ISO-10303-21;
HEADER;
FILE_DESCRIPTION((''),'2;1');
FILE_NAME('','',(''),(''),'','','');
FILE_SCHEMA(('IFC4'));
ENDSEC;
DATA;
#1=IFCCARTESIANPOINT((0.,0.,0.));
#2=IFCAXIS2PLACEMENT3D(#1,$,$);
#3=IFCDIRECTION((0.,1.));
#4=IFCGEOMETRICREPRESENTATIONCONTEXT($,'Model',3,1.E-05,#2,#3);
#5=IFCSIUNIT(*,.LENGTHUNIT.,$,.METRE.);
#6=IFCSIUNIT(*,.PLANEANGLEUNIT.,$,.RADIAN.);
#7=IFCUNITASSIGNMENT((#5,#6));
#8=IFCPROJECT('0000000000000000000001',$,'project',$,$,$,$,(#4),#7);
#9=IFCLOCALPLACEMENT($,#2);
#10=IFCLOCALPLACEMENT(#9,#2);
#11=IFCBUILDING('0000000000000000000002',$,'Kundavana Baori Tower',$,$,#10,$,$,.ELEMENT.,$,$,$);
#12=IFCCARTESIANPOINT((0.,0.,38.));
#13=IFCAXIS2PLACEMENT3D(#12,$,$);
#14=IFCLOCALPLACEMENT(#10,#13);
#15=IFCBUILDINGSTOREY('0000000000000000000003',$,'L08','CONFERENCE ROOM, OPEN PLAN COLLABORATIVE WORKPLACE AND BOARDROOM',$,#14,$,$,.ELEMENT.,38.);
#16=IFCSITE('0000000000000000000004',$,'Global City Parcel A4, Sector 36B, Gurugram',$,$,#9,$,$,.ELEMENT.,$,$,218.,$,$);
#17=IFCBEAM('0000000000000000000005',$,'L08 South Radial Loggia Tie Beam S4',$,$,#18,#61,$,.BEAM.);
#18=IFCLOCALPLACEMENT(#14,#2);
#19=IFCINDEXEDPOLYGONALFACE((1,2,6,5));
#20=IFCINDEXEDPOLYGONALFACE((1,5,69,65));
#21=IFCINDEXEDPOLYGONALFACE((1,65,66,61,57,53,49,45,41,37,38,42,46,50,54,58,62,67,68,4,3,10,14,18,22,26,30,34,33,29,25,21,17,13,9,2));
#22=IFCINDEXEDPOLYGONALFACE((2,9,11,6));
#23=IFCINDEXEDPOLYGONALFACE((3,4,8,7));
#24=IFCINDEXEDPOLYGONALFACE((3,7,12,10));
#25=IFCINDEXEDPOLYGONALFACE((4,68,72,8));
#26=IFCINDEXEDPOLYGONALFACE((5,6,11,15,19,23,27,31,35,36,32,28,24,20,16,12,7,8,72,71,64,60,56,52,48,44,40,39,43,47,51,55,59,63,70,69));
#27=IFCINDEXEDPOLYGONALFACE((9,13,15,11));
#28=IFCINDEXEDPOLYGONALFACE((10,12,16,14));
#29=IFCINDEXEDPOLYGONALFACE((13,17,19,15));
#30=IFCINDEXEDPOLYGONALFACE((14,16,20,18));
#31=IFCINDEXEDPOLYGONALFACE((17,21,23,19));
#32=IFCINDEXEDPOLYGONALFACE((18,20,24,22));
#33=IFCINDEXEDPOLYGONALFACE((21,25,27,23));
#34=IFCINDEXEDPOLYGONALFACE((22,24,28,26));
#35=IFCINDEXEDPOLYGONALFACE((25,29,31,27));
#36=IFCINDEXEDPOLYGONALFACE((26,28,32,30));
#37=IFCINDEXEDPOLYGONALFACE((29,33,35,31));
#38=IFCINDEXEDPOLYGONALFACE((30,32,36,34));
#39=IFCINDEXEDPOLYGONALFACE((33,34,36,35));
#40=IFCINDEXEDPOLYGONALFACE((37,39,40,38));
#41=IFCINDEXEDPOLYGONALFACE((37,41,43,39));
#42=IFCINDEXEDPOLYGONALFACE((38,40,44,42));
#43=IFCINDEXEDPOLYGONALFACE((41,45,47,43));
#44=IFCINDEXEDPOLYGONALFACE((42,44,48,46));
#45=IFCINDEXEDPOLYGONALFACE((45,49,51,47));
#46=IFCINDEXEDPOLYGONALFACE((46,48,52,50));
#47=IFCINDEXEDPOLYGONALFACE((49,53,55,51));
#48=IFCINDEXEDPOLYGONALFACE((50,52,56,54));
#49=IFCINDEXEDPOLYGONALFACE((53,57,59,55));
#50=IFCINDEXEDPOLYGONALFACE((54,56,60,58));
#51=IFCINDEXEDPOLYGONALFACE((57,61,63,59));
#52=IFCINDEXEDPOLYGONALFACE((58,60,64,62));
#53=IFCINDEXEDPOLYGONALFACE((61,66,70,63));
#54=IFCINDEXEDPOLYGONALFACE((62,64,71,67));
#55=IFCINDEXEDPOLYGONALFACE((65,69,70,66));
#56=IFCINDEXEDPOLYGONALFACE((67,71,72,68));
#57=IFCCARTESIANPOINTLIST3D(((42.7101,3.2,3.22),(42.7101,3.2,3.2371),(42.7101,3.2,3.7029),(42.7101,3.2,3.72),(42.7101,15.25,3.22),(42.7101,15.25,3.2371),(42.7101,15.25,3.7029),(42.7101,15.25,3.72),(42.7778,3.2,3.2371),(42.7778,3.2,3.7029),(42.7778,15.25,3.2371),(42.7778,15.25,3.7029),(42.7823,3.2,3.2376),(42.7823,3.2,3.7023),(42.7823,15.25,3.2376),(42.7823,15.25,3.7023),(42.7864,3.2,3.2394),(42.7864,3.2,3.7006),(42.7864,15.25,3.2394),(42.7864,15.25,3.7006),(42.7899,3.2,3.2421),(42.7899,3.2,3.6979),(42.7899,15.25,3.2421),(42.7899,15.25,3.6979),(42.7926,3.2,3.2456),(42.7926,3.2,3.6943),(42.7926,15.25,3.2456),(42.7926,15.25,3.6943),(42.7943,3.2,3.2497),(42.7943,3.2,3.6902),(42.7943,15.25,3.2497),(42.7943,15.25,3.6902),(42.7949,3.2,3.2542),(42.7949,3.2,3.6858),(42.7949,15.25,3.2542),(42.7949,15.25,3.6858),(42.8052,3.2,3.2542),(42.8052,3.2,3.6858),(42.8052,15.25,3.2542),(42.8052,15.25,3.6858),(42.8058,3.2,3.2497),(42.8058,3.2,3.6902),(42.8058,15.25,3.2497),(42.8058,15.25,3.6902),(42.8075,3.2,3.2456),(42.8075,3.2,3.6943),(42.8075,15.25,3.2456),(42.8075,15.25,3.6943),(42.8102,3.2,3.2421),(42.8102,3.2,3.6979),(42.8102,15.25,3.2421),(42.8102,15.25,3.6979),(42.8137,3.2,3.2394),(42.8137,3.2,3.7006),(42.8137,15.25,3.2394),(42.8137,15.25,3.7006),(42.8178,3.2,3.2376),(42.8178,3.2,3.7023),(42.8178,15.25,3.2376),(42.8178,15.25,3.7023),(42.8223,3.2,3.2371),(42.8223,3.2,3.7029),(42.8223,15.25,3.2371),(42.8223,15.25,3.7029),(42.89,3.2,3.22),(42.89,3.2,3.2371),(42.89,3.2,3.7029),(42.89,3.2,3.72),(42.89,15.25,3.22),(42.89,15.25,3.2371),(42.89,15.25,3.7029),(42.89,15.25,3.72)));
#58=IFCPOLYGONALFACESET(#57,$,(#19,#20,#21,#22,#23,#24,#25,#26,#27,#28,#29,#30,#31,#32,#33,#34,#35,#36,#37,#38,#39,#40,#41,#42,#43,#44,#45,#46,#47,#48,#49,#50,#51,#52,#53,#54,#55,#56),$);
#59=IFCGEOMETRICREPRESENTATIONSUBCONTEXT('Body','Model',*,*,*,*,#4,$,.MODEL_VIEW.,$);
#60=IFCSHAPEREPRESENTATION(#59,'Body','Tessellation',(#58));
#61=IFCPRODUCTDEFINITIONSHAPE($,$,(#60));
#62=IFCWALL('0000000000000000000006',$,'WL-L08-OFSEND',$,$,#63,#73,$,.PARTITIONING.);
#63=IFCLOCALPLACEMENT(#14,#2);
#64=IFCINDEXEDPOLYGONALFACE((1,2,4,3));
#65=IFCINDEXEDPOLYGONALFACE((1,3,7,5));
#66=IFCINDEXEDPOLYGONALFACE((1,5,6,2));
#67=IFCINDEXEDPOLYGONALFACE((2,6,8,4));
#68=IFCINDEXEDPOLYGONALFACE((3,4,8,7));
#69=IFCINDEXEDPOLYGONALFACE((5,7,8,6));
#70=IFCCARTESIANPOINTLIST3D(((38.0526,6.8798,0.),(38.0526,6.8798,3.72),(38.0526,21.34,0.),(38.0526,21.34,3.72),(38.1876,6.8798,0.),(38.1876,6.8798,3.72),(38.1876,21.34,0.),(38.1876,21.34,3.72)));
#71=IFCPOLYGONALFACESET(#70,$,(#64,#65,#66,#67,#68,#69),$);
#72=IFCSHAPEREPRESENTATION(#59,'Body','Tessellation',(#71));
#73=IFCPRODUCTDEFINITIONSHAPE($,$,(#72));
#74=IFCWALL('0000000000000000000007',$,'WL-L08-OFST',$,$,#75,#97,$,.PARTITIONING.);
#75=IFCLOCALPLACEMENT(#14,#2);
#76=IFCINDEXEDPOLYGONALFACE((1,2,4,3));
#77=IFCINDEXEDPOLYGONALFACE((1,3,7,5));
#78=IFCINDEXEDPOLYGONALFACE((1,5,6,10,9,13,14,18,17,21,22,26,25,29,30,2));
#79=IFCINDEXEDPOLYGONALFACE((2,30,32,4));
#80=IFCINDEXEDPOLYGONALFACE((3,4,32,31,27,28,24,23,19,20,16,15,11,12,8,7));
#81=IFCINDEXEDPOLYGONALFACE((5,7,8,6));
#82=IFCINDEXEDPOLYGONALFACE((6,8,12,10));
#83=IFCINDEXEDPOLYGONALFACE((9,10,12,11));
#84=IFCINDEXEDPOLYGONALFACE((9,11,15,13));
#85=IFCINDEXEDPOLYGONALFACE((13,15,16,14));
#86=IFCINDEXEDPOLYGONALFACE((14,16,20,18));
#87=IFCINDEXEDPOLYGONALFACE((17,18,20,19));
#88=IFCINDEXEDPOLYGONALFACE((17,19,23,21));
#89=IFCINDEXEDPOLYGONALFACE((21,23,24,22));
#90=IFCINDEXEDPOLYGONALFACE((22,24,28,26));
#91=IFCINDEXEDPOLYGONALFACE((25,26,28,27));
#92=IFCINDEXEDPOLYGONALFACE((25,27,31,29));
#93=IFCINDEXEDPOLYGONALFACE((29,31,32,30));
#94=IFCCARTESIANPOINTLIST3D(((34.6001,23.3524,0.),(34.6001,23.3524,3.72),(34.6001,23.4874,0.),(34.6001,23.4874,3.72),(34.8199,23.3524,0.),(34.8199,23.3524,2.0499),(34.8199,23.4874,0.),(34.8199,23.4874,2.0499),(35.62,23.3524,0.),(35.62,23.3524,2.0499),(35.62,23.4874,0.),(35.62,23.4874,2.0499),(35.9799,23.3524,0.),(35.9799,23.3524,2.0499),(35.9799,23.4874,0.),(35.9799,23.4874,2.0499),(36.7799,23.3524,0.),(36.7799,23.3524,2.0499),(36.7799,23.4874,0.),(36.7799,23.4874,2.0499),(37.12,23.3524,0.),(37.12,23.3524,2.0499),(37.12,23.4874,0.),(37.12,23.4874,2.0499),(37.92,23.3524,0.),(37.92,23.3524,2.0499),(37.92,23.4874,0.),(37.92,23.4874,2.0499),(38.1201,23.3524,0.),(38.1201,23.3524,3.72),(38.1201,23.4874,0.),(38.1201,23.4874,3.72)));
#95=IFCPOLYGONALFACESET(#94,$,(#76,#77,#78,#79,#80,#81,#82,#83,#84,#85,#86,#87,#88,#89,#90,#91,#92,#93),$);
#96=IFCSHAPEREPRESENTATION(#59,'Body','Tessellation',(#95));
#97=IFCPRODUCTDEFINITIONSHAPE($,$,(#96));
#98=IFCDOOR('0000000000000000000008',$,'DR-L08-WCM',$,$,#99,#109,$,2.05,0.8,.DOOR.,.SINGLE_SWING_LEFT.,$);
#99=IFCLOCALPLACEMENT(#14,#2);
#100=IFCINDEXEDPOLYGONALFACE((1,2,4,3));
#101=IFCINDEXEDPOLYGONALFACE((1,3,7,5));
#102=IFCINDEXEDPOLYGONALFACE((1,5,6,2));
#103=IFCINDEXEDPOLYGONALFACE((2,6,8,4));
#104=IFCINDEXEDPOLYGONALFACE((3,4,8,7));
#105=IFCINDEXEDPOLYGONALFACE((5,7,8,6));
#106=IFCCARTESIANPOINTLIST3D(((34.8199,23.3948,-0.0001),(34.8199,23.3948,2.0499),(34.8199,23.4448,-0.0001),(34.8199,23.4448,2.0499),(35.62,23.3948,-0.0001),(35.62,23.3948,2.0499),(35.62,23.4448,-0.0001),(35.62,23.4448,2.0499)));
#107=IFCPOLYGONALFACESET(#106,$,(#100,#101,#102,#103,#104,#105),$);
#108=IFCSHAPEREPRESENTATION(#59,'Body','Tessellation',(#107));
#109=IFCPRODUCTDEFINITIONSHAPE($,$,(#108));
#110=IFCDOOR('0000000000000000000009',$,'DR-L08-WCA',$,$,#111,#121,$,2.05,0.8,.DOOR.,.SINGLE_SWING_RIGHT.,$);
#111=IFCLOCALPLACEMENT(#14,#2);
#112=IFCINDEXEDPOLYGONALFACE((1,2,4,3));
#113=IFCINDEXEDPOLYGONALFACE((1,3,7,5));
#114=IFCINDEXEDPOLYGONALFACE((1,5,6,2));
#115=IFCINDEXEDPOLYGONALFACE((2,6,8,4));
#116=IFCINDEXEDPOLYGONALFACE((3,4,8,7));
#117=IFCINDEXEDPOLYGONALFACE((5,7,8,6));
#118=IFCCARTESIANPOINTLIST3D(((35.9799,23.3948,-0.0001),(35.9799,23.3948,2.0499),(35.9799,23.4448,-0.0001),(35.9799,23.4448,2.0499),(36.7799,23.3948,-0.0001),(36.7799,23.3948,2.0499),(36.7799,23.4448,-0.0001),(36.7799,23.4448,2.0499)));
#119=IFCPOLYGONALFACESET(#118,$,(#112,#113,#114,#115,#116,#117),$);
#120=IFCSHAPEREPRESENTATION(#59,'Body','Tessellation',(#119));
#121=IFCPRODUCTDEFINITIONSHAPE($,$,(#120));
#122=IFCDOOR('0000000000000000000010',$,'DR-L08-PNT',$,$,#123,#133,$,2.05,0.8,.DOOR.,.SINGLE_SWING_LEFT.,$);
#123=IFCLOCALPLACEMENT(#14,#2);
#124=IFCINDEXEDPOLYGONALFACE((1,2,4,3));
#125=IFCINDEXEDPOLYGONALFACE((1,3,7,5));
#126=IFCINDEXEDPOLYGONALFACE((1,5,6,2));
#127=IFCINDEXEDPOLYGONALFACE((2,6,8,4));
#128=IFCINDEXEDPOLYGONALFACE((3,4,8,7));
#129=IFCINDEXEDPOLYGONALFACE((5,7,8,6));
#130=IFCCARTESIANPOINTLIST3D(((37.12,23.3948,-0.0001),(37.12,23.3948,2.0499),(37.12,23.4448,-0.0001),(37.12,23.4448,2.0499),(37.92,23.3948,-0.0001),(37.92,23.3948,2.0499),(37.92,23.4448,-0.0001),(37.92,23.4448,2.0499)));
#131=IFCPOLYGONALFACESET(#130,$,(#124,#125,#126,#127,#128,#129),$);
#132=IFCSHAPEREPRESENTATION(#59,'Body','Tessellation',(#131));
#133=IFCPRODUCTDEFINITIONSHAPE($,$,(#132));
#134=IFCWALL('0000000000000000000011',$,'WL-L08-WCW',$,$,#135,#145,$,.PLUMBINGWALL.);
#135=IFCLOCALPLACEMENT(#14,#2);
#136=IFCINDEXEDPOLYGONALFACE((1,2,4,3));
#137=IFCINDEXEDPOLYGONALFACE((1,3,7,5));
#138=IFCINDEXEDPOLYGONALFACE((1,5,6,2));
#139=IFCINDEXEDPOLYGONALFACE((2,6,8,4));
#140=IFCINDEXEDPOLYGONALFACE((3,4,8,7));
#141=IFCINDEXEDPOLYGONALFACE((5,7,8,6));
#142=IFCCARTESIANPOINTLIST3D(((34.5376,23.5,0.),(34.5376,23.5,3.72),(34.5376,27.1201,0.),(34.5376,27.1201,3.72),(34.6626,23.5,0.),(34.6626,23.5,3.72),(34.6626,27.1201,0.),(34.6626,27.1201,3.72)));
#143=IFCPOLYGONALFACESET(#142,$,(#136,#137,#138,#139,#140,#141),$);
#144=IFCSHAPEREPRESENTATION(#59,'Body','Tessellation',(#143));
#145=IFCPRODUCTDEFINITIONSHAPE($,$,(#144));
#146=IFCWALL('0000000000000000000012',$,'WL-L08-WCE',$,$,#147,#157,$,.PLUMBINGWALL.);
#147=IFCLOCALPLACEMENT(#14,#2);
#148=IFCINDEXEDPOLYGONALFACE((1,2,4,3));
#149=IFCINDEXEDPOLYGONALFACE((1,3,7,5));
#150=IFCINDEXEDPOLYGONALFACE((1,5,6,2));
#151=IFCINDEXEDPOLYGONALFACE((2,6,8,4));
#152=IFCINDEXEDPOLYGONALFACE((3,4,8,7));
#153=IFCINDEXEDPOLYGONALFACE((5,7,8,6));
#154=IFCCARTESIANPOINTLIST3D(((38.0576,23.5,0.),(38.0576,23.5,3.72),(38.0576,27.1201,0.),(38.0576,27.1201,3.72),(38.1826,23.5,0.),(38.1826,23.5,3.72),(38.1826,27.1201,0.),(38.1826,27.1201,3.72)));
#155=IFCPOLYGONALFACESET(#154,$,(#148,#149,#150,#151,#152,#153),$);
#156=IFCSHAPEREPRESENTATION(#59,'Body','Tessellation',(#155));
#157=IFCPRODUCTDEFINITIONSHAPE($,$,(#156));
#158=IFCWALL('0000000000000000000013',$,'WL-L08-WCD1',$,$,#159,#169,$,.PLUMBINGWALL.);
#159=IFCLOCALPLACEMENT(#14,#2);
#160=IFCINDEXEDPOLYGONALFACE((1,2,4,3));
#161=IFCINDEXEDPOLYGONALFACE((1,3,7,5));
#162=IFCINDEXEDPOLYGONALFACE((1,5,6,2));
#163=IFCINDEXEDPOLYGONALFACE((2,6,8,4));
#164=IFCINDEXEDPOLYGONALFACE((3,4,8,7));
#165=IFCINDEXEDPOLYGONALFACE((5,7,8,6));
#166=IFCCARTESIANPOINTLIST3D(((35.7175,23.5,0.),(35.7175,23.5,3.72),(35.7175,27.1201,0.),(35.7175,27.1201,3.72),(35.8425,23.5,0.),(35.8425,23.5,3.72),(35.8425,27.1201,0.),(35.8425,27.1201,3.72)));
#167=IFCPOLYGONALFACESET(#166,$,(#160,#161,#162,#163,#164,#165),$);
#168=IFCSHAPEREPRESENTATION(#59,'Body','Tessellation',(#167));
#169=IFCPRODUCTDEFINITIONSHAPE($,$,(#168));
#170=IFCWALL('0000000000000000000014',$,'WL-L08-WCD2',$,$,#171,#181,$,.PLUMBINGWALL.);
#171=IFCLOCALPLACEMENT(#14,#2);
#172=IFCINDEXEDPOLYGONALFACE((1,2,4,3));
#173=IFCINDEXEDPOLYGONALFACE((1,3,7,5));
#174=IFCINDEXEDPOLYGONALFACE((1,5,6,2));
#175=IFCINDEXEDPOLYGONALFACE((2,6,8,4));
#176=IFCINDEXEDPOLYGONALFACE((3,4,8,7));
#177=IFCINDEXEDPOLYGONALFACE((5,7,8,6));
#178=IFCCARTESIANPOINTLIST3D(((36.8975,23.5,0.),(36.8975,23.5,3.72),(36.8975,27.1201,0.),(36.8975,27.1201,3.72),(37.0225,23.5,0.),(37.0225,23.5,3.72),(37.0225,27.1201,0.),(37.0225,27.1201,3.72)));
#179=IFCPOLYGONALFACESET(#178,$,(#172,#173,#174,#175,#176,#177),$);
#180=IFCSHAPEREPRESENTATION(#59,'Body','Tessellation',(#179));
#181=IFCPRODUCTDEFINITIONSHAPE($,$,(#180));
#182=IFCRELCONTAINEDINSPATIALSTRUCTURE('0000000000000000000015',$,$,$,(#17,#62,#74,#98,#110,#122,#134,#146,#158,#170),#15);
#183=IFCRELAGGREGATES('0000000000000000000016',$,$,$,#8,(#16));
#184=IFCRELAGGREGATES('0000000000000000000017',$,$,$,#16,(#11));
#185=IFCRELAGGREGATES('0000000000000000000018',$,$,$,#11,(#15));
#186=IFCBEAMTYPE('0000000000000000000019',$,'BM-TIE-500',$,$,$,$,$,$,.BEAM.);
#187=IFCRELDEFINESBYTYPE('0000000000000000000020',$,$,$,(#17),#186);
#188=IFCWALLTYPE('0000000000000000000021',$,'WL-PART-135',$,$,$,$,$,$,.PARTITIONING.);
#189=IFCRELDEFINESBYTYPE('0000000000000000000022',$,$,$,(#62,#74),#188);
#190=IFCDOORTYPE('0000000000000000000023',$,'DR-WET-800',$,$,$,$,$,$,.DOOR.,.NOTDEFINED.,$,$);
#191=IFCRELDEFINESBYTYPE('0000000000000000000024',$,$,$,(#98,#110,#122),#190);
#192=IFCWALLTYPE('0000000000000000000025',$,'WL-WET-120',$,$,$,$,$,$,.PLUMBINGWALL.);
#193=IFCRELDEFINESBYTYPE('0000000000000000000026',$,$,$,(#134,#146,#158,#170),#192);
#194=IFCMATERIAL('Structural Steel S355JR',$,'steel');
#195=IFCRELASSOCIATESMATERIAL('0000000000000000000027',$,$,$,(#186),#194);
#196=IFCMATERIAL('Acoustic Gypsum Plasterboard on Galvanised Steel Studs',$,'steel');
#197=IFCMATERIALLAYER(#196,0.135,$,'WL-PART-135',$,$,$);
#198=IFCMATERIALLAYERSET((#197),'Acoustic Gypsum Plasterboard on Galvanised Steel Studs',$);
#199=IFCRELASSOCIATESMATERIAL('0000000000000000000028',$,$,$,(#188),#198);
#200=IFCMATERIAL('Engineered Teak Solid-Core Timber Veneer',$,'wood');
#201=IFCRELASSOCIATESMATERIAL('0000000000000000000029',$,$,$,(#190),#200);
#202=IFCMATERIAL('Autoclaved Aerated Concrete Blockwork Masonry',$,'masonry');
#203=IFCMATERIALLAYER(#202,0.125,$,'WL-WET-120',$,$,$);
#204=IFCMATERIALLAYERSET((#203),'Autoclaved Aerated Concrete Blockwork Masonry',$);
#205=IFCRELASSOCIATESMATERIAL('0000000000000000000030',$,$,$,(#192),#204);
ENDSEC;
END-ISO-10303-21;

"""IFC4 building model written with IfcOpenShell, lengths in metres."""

from ifc_helpers import new_model, si_unit, direction, frame, frame_2d, origin, origin_2d, place, context, subcontext, project, spatial, rectangle, i_section, extrude, material, layer, layer_set, material_profile, profile_set, type_object, element, fill, save


model = new_model("IFC4")

# Units and contexts
model_context = context("Model", 3, precision=1e-05, world=origin(), true_north=direction((0.0, 1.0)))
body_context = subcontext(model_context, "Body", "Model", "MODEL_VIEW")
ifc_project = project(units=[si_unit("LENGTHUNIT", "METRE"), si_unit("PLANEANGLEUNIT", "RADIAN")], contexts=[model_context])

# Site, building, storey
site_placement = place(None, origin())
site = spatial("IfcSite", under=ifc_project, at=site_placement, Name="Global City Parcel A4, Sector 36B, Gurugram", CompositionType="ELEMENT", RefElevation=218.0)
building_placement = place(site_placement, origin())
building = spatial("IfcBuilding", under=site, at=building_placement, Name="Kundavana Baori Tower", CompositionType="ELEMENT")
storey_placement = place(building_placement, frame((0.0, 0.0, 38.0)))
storey = spatial("IfcBuildingStorey", under=building, at=storey_placement, Name="L08", Description="CONFERENCE ROOM, OPEN PLAN COLLABORATIVE WORKPLACE AND BOARDROOM", CompositionType="ELEMENT", Elevation=38.0)

# Beam
ifc_material_1 = material(Name="Structural Steel S355JR", Category="steel")
ifc_material_profile_1 = material_profile(ifc_material_1, i_section(OverallWidth=0.1799, OverallDepth=0.5, WebThickness=0.0103, FlangeThickness=0.0171, FilletRadius=0.0171, at=origin_2d()), Name="ISMB 500")
ifc_profile_set_1 = profile_set([ifc_material_profile_1], Name="Structural Steel S355JR")
beam_type_1 = type_object("IfcBeamType", Name="BM-TIE-500", PredefinedType="BEAM", material=ifc_profile_set_1)
beam_1_placement = place(storey_placement, frame((42.8, 15.25, 3.47), z_axis=(0.0, -1.0, 0.0), x_axis=(1.0, 0.0, 0.0)))
element("IfcBeam", 1, at=beam_1_placement, inside=storey, type_object=beam_type_1, Name="L08 South Radial Loggia Tie Beam S4", PredefinedType="BEAM", context=body_context, shape_type="SweptSolid", body=[
    extrude(i_section(OverallWidth=0.1799, OverallDepth=0.5, WebThickness=0.0103, FlangeThickness=0.0171, FilletRadius=0.0171, at=origin_2d()), origin(), (0.0, 0.0, 1.0), 12.05),
])

# Wall
ifc_material_2 = material(Name="Acoustic Gypsum Plasterboard on Galvanised Steel Studs", Category="steel")
ifc_layer_1 = layer(ifc_material_2, 0.135, Name="WL-PART-135")
ifc_layer_set_1 = layer_set([ifc_layer_1], Name="Acoustic Gypsum Plasterboard on Galvanised Steel Studs")
wall_type_1 = type_object("IfcWallType", Name="WL-PART-135", PredefinedType="PARTITIONING", material=ifc_layer_set_1)
wall_1_placement = place(storey_placement, frame((38.1201, 6.8799, 0.0), z_axis=(0.0, 0.0, 1.0), x_axis=(0.0, 1.0, 0.0)))
element("IfcWall", 2, at=wall_1_placement, inside=storey, type_object=wall_type_1, Name="WL-L08-OFSEND", PredefinedType="PARTITIONING", context=body_context, shape_type="SweptSolid", body=[
    extrude(rectangle(XDim=14.4602, YDim=0.135, at=frame_2d((7.23, 0.0))), origin(), (0.0, 0.0, 1.0), 3.72),
])

# Wall, openings, doors
wall_2_placement = place(storey_placement, frame((34.6001, 23.4199, 0.0), z_axis=(0.0, 0.0, 1.0), x_axis=(1.0, 0.0, 0.0)))
wall_2 = element("IfcWall", 3, at=wall_2_placement, inside=storey, type_object=wall_type_1, Name="WL-L08-OFST", PredefinedType="PARTITIONING", context=body_context, shape_type="SweptSolid", body=[
    extrude(rectangle(XDim=3.52, YDim=0.135, at=frame_2d((1.76, 0.0))), origin(), (0.0, 0.0, 1.0), 3.72),
])
opening_1_placement = place(wall_2_placement, frame((0.22, 0.0, 0.0)))
opening_1 = element("IfcOpeningElement", 4, at=opening_1_placement, cuts=wall_2, PredefinedType="OPENING", context=body_context, shape_type="SweptSolid", body=[
    extrude(rectangle(XDim=0.8, YDim=2.05, at=frame_2d((0.3999, 1.0249))), frame((0.0, 0.0776, 0.0), z_axis=(0.0, -1.0, 0.0), x_axis=(1.0, 0.0, 0.0)), (0.0, 0.0, 1.0), 0.155),
])
opening_2_placement = place(wall_2_placement, frame((1.3799, 0.0, 0.0)))
opening_2 = element("IfcOpeningElement", 5, at=opening_2_placement, cuts=wall_2, PredefinedType="OPENING", context=body_context, shape_type="SweptSolid", body=[
    extrude(rectangle(XDim=0.8, YDim=2.05, at=frame_2d((0.3999, 1.0249))), frame((0.0, 0.0776, 0.0), z_axis=(0.0, -1.0, 0.0), x_axis=(1.0, 0.0, 0.0)), (0.0, 0.0, 1.0), 0.155),
])
opening_3_placement = place(wall_2_placement, frame((2.52, 0.0, 0.0)))
opening_3 = element("IfcOpeningElement", 6, at=opening_3_placement, cuts=wall_2, PredefinedType="OPENING", context=body_context, shape_type="SweptSolid", body=[
    extrude(rectangle(XDim=0.8, YDim=2.05, at=frame_2d((0.3999, 1.0249))), frame((0.0, 0.0776, 0.0), z_axis=(0.0, -1.0, 0.0), x_axis=(1.0, 0.0, 0.0)), (0.0, 0.0, 1.0), 0.155),
])
ifc_material_3 = material(Name="Engineered Teak Solid-Core Timber Veneer", Category="wood")
door_type = type_object("IfcDoorType", Name="DR-WET-800", OperationType="NOTDEFINED", PredefinedType="DOOR", material=ifc_material_3)
door_1_placement = place(opening_1_placement, origin())
door_1 = element("IfcDoor", 7, at=door_1_placement, inside=storey, type_object=door_type, Name="DR-L08-WCM", OperationType="SINGLE_SWING_LEFT", OverallHeight=2.05, OverallWidth=0.8, PredefinedType="DOOR", context=body_context, shape_type="SweptSolid", body=[
    extrude(rectangle(XDim=0.8, YDim=2.05, at=frame_2d((0.3999, 1.0249))), frame((0.0, 0.0249, 0.0), z_axis=(0.0, -1.0, 0.0), x_axis=(1.0, 0.0, 0.0)), (0.0, 0.0, 1.0), 0.05),
])
fill(opening_1, door_1)
door_2_placement = place(opening_2_placement, origin())
door_2 = element("IfcDoor", 8, at=door_2_placement, inside=storey, type_object=door_type, Name="DR-L08-WCA", OperationType="SINGLE_SWING_RIGHT", OverallHeight=2.05, OverallWidth=0.8, PredefinedType="DOOR", context=body_context, shape_type="SweptSolid", body=[
    extrude(rectangle(XDim=0.8, YDim=2.05, at=frame_2d((0.3999, 1.0249))), frame((0.0, 0.0249, 0.0), z_axis=(0.0, -1.0, 0.0), x_axis=(1.0, 0.0, 0.0)), (0.0, 0.0, 1.0), 0.05),
])
fill(opening_2, door_2)
door_3_placement = place(opening_3_placement, origin())
door_3 = element("IfcDoor", 9, at=door_3_placement, inside=storey, type_object=door_type, Name="DR-L08-PNT", OperationType="SINGLE_SWING_LEFT", OverallHeight=2.05, OverallWidth=0.8, PredefinedType="DOOR", context=body_context, shape_type="SweptSolid", body=[
    extrude(rectangle(XDim=0.8, YDim=2.05, at=frame_2d((0.3999, 1.0249))), frame((0.0, 0.0249, 0.0), z_axis=(0.0, -1.0, 0.0), x_axis=(1.0, 0.0, 0.0)), (0.0, 0.0, 1.0), 0.05),
])
fill(opening_3, door_3)

# Walls
ifc_material_4 = material(Name="Autoclaved Aerated Concrete Blockwork Masonry", Category="masonry")
ifc_layer_2 = layer(ifc_material_4, 0.125, Name="WL-WET-120")
ifc_layer_set_2 = layer_set([ifc_layer_2], Name="Autoclaved Aerated Concrete Blockwork Masonry")
wall_type_2 = type_object("IfcWallType", Name="WL-WET-120", PredefinedType="PLUMBINGWALL", material=ifc_layer_set_2)
for number, where, z_axis, x_axis, name in (
    (10, (34.6001, 23.5, 0.0), (0.0, 0.0, 1.0), (0.0, 1.0, 0.0), "WL-L08-WCW"),
    (11, (38.1201, 23.5, 0.0), (0.0, 0.0, 1.0), (0.0, 1.0, 0.0), "WL-L08-WCE"),
    (12, (35.78, 23.5, 0.0), (0.0, 0.0, 1.0), (0.0, 1.0, 0.0), "WL-L08-WCD1"),
    (13, (36.96, 23.5, 0.0), (0.0, 0.0, 1.0), (0.0, 1.0, 0.0), "WL-L08-WCD2"),
):
    element("IfcWall", number, at=place(storey_placement, frame(where, z_axis=z_axis, x_axis=x_axis)), inside=storey, type_object=wall_type_2, Name=name, PredefinedType="PLUMBINGWALL", context=body_context, shape_type="SweptSolid", body=[
        extrude(rectangle(XDim=3.6201, YDim=0.125, at=frame_2d((1.8101, 0.0))), origin(), (0.0, 0.0, 1.0), 3.72),
    ])

save(model, "model.ifc")
